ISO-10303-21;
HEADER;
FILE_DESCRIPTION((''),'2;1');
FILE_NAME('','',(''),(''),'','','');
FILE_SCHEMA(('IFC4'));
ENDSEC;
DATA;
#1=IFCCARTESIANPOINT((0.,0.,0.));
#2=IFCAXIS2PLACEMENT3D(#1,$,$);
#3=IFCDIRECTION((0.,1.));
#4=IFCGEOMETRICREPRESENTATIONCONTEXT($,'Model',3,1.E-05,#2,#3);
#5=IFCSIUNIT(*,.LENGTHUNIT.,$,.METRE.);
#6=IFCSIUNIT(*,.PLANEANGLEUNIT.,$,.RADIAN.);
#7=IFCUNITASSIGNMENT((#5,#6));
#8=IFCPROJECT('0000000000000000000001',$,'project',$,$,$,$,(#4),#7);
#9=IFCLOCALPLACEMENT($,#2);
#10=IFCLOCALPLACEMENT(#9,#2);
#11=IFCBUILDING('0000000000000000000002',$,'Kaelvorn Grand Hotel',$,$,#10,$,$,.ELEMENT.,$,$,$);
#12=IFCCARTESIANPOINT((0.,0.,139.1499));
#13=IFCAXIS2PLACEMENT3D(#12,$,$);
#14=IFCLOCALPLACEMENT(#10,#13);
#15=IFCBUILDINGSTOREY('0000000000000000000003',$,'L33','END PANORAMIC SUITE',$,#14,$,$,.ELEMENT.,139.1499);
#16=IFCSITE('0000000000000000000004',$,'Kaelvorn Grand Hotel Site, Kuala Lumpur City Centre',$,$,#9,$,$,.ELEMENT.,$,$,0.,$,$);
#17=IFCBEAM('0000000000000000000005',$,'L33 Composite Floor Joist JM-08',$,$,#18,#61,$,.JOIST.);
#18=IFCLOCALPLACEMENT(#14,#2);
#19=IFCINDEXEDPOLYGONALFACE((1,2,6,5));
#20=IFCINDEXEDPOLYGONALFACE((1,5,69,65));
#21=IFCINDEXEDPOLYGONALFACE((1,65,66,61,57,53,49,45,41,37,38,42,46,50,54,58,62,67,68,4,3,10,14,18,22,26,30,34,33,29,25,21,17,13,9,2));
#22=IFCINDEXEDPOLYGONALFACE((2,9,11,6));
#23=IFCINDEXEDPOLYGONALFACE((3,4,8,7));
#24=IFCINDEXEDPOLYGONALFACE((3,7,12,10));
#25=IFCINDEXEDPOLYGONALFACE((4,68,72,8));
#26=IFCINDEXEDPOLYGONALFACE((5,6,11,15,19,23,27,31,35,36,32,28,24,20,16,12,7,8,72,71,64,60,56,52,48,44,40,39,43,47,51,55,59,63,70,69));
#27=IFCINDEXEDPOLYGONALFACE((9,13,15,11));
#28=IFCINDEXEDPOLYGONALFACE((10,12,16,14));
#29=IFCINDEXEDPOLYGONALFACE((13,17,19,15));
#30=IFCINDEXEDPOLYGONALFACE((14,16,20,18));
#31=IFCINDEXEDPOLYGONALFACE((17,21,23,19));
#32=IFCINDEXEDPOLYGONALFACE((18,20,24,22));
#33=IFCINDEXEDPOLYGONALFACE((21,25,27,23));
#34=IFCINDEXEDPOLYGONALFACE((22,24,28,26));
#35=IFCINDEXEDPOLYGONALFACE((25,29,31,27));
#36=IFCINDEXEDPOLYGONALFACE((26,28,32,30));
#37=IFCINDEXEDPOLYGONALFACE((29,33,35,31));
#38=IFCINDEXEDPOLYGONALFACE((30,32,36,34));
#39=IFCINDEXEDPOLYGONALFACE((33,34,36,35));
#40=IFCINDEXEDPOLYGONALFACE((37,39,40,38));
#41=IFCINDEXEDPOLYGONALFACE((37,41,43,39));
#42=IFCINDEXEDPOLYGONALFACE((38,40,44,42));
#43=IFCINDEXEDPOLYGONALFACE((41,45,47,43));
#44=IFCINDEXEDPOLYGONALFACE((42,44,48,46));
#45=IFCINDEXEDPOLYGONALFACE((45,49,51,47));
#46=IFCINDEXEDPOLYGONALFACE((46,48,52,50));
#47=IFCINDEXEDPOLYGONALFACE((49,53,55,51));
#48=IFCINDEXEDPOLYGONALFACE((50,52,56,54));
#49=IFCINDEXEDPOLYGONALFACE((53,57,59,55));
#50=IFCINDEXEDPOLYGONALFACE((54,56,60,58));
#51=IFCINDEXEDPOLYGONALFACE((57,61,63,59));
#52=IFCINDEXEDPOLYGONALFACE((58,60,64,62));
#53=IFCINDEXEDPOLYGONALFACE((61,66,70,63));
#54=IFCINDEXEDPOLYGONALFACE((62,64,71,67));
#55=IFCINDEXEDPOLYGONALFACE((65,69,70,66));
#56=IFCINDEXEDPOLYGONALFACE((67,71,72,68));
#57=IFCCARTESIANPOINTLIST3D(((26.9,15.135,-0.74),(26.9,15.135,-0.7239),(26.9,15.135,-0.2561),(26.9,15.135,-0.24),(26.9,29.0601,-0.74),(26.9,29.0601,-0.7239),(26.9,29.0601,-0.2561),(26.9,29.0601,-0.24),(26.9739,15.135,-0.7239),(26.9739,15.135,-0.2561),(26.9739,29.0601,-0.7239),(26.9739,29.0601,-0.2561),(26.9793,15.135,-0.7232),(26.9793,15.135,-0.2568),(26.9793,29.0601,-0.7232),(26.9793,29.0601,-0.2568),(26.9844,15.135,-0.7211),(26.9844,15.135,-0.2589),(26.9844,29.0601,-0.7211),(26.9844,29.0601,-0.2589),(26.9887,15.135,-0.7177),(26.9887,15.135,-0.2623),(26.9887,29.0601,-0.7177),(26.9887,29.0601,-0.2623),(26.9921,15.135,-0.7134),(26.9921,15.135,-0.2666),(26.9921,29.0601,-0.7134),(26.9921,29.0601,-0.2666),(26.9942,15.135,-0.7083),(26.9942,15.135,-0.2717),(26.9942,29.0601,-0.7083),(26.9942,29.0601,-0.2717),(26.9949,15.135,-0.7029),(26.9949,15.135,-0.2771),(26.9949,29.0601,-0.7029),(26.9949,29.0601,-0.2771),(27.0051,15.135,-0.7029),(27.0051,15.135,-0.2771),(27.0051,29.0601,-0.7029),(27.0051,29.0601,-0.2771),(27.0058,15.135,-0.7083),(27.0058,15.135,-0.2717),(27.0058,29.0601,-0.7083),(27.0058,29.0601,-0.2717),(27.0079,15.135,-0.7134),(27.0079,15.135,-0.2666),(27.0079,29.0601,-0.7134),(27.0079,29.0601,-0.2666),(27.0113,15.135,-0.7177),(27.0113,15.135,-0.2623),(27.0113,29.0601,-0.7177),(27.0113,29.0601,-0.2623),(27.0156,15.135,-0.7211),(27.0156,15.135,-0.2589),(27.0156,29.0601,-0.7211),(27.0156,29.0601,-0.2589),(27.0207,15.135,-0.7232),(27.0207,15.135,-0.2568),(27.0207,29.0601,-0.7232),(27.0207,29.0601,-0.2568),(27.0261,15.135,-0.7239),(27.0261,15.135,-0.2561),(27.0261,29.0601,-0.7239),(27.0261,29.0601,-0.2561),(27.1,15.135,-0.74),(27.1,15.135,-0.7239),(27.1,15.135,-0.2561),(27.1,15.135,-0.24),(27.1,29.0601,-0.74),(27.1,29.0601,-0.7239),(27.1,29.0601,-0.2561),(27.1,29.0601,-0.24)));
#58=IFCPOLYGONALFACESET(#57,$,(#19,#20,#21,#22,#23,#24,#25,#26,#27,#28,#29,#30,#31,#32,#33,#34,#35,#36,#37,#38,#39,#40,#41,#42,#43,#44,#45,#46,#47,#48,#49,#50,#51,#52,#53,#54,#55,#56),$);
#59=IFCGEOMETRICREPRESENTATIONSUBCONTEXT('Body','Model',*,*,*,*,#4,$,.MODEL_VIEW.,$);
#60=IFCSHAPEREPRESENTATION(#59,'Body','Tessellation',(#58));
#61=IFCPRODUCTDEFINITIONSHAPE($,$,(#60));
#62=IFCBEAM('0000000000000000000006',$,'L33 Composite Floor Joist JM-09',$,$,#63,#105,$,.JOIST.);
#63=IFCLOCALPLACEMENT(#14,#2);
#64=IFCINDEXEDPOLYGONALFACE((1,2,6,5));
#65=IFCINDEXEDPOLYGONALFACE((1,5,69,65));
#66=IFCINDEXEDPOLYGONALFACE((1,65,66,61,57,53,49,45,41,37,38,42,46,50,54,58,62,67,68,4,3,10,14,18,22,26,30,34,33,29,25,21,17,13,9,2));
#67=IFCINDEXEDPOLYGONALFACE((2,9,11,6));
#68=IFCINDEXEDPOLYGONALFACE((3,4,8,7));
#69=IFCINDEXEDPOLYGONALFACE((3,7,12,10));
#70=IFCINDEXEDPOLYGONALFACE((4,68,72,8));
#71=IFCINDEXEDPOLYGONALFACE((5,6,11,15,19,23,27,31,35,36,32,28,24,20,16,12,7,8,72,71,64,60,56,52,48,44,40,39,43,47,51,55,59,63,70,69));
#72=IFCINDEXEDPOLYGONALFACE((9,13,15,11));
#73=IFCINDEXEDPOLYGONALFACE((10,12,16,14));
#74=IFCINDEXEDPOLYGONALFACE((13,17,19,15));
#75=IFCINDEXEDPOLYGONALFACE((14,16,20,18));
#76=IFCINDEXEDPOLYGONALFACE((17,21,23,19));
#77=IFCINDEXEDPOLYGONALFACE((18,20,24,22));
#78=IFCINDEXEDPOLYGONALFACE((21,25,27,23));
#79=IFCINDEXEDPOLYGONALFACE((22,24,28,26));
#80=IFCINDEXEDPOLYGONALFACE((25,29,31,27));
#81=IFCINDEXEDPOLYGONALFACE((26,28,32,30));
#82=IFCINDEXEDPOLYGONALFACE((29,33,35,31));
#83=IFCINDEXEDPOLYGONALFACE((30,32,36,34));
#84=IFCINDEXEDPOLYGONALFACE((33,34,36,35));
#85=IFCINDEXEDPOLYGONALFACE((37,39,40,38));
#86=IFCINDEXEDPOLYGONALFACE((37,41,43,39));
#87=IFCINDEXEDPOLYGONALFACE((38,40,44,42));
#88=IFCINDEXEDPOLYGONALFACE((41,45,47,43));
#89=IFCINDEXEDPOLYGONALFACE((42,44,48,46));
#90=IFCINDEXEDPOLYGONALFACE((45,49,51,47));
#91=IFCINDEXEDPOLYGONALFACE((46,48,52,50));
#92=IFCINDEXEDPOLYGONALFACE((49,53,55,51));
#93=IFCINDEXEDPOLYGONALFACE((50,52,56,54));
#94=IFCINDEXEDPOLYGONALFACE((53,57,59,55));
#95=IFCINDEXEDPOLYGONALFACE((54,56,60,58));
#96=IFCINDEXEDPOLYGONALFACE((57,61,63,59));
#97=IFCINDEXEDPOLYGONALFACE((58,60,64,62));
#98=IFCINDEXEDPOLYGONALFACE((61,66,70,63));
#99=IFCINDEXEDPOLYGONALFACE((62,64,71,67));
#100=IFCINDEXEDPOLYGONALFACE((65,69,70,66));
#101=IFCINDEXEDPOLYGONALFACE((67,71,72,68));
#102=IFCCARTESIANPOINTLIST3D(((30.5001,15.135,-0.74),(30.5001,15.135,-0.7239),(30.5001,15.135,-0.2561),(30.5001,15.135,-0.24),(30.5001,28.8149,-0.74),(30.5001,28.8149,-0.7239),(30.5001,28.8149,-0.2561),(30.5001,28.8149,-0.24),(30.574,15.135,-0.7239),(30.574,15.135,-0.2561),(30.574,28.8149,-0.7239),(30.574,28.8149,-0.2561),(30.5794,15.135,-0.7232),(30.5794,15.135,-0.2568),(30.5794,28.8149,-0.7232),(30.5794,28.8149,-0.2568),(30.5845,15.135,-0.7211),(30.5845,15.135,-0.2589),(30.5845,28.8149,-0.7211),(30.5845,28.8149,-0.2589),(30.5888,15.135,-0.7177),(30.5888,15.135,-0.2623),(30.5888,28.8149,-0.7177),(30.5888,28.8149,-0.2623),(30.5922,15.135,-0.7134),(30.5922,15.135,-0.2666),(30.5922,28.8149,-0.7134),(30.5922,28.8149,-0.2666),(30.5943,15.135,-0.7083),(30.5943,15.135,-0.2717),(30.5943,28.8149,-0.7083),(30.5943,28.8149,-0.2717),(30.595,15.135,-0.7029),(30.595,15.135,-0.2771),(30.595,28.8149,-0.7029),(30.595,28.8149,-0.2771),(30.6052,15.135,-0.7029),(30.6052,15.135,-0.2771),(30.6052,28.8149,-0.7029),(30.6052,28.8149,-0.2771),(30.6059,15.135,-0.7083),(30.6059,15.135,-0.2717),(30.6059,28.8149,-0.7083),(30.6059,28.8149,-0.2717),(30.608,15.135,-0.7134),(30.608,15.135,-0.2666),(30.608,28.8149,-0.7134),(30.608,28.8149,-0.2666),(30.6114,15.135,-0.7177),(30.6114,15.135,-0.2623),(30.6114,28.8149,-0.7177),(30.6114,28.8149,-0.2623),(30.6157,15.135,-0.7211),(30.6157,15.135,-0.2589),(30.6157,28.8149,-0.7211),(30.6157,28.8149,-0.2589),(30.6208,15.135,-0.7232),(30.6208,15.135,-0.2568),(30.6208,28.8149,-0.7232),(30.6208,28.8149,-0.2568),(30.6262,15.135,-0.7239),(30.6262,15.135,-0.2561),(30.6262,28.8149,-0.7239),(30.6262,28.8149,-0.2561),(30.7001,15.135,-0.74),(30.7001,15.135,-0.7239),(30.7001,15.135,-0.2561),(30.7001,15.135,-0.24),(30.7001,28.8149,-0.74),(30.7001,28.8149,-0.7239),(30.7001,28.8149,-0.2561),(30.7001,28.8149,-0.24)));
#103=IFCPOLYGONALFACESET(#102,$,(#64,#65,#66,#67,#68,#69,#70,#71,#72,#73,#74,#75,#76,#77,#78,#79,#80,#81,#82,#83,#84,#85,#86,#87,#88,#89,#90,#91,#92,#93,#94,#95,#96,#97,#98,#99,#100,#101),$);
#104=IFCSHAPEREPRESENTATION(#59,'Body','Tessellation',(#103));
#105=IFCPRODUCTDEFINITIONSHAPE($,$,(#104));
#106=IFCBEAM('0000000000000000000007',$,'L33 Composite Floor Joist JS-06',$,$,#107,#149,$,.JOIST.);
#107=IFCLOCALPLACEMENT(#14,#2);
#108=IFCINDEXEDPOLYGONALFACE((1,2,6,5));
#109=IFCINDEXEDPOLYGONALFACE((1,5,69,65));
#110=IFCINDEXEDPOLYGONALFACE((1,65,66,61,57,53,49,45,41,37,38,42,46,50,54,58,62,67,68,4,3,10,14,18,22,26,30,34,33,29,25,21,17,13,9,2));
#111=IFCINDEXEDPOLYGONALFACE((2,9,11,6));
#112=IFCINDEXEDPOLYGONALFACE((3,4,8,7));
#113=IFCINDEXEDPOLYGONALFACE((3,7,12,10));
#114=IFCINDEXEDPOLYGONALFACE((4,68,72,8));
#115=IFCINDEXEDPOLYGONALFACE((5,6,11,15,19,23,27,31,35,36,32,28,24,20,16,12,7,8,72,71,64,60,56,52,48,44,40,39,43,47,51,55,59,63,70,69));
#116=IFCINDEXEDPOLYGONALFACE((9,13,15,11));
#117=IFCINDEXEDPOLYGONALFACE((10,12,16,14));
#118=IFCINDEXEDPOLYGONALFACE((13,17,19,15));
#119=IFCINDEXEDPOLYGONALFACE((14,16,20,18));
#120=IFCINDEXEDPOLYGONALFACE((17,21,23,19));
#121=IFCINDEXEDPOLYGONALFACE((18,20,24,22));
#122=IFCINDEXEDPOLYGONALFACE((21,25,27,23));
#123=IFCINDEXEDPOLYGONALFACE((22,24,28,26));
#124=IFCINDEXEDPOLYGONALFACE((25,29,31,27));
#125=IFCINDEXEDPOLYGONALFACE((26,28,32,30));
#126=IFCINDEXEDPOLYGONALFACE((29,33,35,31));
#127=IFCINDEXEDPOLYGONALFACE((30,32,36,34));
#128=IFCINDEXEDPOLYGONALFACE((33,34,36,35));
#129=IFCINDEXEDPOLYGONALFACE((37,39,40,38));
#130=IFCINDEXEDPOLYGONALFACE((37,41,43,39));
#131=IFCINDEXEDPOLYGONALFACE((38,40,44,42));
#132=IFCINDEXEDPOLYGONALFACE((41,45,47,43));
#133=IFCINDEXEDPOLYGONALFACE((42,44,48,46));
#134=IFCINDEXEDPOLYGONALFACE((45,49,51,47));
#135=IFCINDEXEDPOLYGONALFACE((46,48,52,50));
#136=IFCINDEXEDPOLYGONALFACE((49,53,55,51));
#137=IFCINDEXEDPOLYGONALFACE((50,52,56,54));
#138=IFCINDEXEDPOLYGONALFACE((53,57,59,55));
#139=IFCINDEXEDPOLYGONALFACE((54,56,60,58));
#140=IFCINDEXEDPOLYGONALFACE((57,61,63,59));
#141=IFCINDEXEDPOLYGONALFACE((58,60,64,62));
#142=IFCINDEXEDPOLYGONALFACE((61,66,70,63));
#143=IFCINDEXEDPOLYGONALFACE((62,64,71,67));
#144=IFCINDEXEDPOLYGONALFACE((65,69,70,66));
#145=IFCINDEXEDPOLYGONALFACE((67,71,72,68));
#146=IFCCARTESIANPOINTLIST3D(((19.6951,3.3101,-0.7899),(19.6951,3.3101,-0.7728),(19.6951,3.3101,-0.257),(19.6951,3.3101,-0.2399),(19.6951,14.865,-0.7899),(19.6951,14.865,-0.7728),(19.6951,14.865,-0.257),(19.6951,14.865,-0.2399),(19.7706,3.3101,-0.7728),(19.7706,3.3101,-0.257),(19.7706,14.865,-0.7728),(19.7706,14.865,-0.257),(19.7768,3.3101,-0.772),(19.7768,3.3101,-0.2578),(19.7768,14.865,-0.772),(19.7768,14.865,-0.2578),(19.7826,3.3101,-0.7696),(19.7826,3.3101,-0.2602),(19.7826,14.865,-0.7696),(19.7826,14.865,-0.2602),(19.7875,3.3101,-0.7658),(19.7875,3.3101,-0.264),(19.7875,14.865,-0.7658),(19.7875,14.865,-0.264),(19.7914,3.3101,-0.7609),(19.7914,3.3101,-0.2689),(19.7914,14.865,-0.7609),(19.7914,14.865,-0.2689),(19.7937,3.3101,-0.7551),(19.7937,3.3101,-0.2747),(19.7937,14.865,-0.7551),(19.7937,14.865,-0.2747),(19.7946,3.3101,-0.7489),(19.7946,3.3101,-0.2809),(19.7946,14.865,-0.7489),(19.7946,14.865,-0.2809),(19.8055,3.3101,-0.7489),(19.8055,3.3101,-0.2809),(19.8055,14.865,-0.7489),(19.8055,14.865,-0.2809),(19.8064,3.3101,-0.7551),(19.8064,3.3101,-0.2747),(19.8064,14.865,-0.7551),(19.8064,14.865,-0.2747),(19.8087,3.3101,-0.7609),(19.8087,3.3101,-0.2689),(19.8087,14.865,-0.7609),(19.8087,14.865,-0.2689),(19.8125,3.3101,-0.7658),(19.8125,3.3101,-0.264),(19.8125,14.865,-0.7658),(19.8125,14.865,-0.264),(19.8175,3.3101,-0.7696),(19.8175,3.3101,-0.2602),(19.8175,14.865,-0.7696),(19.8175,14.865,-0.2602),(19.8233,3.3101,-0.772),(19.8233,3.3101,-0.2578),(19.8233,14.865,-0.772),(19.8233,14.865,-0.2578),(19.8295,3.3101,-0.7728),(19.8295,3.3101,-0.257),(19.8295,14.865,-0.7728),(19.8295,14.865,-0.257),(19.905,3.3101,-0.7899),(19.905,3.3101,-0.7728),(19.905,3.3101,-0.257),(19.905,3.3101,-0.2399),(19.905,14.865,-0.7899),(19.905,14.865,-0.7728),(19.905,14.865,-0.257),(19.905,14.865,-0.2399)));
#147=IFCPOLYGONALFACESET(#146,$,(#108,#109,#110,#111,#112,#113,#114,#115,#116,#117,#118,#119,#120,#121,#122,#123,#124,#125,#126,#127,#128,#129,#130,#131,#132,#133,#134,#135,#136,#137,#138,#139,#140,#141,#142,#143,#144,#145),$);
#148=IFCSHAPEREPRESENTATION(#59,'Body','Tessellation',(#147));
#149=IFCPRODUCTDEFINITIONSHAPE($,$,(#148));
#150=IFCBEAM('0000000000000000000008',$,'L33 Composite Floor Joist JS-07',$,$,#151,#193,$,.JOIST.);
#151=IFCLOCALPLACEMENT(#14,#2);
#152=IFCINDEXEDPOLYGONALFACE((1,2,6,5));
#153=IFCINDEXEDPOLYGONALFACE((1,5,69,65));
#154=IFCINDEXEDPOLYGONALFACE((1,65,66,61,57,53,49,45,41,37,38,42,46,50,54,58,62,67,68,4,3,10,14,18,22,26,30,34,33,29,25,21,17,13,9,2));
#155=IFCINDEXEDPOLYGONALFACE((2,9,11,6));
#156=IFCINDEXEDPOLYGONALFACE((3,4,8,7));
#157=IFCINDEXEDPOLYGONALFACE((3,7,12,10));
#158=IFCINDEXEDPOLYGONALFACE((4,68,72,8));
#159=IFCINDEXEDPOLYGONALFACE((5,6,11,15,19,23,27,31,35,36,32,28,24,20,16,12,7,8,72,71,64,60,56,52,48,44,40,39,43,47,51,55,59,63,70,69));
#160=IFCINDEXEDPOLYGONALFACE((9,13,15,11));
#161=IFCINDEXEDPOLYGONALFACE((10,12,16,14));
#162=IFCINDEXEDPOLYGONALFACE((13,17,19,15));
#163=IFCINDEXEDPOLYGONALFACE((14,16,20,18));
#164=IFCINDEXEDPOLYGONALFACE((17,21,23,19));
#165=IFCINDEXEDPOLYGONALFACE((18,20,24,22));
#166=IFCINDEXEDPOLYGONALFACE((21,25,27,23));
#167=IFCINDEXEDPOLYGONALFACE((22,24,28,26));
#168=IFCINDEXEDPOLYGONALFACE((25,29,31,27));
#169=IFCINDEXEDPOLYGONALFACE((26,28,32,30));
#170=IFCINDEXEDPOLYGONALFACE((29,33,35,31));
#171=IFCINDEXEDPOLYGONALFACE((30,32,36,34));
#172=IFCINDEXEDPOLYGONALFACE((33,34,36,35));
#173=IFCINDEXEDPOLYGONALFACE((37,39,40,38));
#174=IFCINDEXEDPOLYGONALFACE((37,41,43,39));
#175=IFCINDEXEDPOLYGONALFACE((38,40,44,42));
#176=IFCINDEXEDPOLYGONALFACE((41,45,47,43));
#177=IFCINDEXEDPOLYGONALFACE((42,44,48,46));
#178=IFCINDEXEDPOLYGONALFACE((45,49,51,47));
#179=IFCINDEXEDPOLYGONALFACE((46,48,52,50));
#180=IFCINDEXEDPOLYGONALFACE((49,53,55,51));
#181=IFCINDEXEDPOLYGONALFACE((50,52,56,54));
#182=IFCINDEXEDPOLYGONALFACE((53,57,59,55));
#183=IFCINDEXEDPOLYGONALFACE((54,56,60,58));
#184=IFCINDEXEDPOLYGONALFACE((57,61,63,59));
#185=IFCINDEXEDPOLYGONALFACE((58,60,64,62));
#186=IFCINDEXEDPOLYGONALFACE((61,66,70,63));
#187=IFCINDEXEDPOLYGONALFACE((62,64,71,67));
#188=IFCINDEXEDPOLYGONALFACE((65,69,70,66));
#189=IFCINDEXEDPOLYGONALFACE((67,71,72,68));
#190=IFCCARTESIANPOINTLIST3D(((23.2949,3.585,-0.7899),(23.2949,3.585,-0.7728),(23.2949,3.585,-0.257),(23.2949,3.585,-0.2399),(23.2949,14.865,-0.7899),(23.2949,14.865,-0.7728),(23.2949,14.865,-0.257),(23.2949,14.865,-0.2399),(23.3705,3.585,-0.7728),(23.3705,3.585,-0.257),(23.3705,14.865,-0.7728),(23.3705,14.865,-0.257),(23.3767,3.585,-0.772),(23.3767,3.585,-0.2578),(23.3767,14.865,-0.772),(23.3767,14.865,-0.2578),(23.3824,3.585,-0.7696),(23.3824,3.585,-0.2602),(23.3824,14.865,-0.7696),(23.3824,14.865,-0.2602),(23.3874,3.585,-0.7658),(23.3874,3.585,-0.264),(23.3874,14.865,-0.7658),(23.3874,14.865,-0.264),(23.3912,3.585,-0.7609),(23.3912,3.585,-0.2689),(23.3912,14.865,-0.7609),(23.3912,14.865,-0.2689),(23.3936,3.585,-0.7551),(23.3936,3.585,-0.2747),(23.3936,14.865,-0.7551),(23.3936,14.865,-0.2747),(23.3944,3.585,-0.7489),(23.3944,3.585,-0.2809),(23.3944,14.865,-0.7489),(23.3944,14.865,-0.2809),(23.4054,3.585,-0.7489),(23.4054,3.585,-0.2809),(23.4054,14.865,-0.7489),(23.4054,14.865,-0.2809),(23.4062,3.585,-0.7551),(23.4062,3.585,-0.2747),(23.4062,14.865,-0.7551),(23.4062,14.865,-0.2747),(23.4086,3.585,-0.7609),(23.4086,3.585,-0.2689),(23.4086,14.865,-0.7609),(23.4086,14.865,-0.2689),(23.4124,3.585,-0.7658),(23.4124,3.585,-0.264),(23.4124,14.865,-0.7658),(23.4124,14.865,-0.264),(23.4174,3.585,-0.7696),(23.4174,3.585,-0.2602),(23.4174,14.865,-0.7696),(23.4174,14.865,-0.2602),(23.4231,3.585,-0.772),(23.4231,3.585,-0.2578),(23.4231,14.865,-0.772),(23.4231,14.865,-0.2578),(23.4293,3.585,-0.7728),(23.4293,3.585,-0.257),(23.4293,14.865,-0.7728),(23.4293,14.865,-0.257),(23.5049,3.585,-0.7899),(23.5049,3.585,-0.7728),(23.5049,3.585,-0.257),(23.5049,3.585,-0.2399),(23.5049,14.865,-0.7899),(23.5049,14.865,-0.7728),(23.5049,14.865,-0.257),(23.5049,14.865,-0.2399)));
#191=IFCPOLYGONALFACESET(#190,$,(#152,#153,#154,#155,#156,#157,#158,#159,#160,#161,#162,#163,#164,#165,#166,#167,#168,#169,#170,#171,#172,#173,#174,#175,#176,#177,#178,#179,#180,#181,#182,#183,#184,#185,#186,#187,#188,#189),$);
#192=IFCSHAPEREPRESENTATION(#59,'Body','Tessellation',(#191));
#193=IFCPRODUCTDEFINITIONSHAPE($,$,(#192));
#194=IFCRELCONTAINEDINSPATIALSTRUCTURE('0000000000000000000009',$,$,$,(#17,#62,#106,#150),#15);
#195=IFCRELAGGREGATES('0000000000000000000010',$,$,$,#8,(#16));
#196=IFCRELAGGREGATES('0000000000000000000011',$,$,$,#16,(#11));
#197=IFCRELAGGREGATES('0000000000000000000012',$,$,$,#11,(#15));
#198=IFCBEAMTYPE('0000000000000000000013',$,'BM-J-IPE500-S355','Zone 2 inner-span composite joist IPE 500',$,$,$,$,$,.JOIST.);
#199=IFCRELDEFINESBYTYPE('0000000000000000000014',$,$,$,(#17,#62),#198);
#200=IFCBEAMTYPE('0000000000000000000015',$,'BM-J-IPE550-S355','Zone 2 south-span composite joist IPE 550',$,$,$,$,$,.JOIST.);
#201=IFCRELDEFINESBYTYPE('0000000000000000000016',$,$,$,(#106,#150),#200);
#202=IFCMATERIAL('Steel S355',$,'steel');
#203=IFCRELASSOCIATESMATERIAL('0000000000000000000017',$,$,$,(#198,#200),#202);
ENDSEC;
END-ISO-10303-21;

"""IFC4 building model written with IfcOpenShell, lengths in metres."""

from ifc_helpers import new_model, si_unit, direction, frame, origin, origin_2d, place, context, subcontext, project, spatial, i_section, extrude, material, material_profile, profile_set, type_object, element, save


model = new_model("IFC4")

# Units and contexts
model_context = context("Model", 3, precision=1e-05, world=origin(), true_north=direction((0.0, 1.0)))
body_context = subcontext(model_context, "Body", "Model", "MODEL_VIEW")
ifc_project = project(units=[si_unit("LENGTHUNIT", "METRE"), si_unit("PLANEANGLEUNIT", "RADIAN")], contexts=[model_context])

# Site, building, storey
site_placement = place(None, origin())
site = spatial("IfcSite", under=ifc_project, at=site_placement, Name="Kaelvorn Grand Hotel Site, Kuala Lumpur City Centre", CompositionType="ELEMENT", RefElevation=0.0)
building_placement = place(site_placement, origin())
building = spatial("IfcBuilding", under=site, at=building_placement, Name="Kaelvorn Grand Hotel", CompositionType="ELEMENT")
storey_placement = place(building_placement, frame((0.0, 0.0, 139.1499)))
storey = spatial("IfcBuildingStorey", under=building, at=storey_placement, Name="L33", Description="END PANORAMIC SUITE", CompositionType="ELEMENT", Elevation=139.1499)

# Beams
ifc_material_1 = material(Name="Steel S355", Category="steel")
ifc_material_profile_1 = material_profile(ifc_material_1, i_section(OverallWidth=0.2, OverallDepth=0.5, WebThickness=0.0103, FlangeThickness=0.0161, FilletRadius=0.021, at=origin_2d()), Name="IPE 500")
ifc_profile_set_1 = profile_set([ifc_material_profile_1], Name="Steel S355")
beam_type_1 = type_object("IfcBeamType", Name="BM-J-IPE500-S355", Description="Zone 2 inner-span composite joist IPE 500", PredefinedType="JOIST", material=ifc_profile_set_1)
beam_1_placement = place(storey_placement, frame((27.0, 15.135, -0.49), z_axis=(0.0, 1.0, 0.0), x_axis=(-1.0, 0.0, 0.0)))
element("IfcBeam", 1, at=beam_1_placement, inside=storey, type_object=beam_type_1, Name="L33 Composite Floor Joist JM-08", PredefinedType="JOIST", context=body_context, shape_type="SweptSolid", body=[
    extrude(i_section(OverallWidth=0.2, OverallDepth=0.5, WebThickness=0.0103, FlangeThickness=0.0161, FilletRadius=0.021, at=origin_2d()), origin(), (0.0, 0.0, 1.0), 13.925),
])
beam_2_placement = place(storey_placement, frame((30.6001, 15.135, -0.49), z_axis=(0.0, 1.0, 0.0), x_axis=(-1.0, 0.0, 0.0)))
element("IfcBeam", 2, at=beam_2_placement, inside=storey, type_object=beam_type_1, Name="L33 Composite Floor Joist JM-09", PredefinedType="JOIST", context=body_context, shape_type="SweptSolid", body=[
    extrude(i_section(OverallWidth=0.2, OverallDepth=0.5, WebThickness=0.0103, FlangeThickness=0.0161, FilletRadius=0.021, at=origin_2d()), origin(), (0.0, 0.0, 1.0), 13.6799),
])
ifc_material_profile_2 = material_profile(ifc_material_1, i_section(OverallWidth=0.21, OverallDepth=0.55, WebThickness=0.011, FlangeThickness=0.0171, FilletRadius=0.0239, at=origin_2d()), Name="IPE 550")
ifc_profile_set_2 = profile_set([ifc_material_profile_2], Name="Steel S355")
beam_type_2 = type_object("IfcBeamType", Name="BM-J-IPE550-S355", Description="Zone 2 south-span composite joist IPE 550", PredefinedType="JOIST", material=ifc_profile_set_2)
beam_3_placement = place(storey_placement, frame((19.8, 3.3101, -0.5149), z_axis=(0.0, 1.0, 0.0), x_axis=(-1.0, 0.0, 0.0)))
element("IfcBeam", 3, at=beam_3_placement, inside=storey, type_object=beam_type_2, Name="L33 Composite Floor Joist JS-06", PredefinedType="JOIST", context=body_context, shape_type="SweptSolid", body=[
    extrude(i_section(OverallWidth=0.21, OverallDepth=0.55, WebThickness=0.011, FlangeThickness=0.0171, FilletRadius=0.0239, at=origin_2d()), origin(), (0.0, 0.0, 1.0), 11.5549),
])
beam_4_placement = place(storey_placement, frame((23.3999, 3.585, -0.5149), z_axis=(0.0, 1.0, 0.0), x_axis=(-1.0, 0.0, 0.0)))
element("IfcBeam", 4, at=beam_4_placement, inside=storey, type_object=beam_type_2, Name="L33 Composite Floor Joist JS-07", PredefinedType="JOIST", context=body_context, shape_type="SweptSolid", body=[
    extrude(i_section(OverallWidth=0.21, OverallDepth=0.55, WebThickness=0.011, FlangeThickness=0.0171, FilletRadius=0.0239, at=origin_2d()), origin(), (0.0, 0.0, 1.0), 11.28),
])

save(model, "model.ifc")
